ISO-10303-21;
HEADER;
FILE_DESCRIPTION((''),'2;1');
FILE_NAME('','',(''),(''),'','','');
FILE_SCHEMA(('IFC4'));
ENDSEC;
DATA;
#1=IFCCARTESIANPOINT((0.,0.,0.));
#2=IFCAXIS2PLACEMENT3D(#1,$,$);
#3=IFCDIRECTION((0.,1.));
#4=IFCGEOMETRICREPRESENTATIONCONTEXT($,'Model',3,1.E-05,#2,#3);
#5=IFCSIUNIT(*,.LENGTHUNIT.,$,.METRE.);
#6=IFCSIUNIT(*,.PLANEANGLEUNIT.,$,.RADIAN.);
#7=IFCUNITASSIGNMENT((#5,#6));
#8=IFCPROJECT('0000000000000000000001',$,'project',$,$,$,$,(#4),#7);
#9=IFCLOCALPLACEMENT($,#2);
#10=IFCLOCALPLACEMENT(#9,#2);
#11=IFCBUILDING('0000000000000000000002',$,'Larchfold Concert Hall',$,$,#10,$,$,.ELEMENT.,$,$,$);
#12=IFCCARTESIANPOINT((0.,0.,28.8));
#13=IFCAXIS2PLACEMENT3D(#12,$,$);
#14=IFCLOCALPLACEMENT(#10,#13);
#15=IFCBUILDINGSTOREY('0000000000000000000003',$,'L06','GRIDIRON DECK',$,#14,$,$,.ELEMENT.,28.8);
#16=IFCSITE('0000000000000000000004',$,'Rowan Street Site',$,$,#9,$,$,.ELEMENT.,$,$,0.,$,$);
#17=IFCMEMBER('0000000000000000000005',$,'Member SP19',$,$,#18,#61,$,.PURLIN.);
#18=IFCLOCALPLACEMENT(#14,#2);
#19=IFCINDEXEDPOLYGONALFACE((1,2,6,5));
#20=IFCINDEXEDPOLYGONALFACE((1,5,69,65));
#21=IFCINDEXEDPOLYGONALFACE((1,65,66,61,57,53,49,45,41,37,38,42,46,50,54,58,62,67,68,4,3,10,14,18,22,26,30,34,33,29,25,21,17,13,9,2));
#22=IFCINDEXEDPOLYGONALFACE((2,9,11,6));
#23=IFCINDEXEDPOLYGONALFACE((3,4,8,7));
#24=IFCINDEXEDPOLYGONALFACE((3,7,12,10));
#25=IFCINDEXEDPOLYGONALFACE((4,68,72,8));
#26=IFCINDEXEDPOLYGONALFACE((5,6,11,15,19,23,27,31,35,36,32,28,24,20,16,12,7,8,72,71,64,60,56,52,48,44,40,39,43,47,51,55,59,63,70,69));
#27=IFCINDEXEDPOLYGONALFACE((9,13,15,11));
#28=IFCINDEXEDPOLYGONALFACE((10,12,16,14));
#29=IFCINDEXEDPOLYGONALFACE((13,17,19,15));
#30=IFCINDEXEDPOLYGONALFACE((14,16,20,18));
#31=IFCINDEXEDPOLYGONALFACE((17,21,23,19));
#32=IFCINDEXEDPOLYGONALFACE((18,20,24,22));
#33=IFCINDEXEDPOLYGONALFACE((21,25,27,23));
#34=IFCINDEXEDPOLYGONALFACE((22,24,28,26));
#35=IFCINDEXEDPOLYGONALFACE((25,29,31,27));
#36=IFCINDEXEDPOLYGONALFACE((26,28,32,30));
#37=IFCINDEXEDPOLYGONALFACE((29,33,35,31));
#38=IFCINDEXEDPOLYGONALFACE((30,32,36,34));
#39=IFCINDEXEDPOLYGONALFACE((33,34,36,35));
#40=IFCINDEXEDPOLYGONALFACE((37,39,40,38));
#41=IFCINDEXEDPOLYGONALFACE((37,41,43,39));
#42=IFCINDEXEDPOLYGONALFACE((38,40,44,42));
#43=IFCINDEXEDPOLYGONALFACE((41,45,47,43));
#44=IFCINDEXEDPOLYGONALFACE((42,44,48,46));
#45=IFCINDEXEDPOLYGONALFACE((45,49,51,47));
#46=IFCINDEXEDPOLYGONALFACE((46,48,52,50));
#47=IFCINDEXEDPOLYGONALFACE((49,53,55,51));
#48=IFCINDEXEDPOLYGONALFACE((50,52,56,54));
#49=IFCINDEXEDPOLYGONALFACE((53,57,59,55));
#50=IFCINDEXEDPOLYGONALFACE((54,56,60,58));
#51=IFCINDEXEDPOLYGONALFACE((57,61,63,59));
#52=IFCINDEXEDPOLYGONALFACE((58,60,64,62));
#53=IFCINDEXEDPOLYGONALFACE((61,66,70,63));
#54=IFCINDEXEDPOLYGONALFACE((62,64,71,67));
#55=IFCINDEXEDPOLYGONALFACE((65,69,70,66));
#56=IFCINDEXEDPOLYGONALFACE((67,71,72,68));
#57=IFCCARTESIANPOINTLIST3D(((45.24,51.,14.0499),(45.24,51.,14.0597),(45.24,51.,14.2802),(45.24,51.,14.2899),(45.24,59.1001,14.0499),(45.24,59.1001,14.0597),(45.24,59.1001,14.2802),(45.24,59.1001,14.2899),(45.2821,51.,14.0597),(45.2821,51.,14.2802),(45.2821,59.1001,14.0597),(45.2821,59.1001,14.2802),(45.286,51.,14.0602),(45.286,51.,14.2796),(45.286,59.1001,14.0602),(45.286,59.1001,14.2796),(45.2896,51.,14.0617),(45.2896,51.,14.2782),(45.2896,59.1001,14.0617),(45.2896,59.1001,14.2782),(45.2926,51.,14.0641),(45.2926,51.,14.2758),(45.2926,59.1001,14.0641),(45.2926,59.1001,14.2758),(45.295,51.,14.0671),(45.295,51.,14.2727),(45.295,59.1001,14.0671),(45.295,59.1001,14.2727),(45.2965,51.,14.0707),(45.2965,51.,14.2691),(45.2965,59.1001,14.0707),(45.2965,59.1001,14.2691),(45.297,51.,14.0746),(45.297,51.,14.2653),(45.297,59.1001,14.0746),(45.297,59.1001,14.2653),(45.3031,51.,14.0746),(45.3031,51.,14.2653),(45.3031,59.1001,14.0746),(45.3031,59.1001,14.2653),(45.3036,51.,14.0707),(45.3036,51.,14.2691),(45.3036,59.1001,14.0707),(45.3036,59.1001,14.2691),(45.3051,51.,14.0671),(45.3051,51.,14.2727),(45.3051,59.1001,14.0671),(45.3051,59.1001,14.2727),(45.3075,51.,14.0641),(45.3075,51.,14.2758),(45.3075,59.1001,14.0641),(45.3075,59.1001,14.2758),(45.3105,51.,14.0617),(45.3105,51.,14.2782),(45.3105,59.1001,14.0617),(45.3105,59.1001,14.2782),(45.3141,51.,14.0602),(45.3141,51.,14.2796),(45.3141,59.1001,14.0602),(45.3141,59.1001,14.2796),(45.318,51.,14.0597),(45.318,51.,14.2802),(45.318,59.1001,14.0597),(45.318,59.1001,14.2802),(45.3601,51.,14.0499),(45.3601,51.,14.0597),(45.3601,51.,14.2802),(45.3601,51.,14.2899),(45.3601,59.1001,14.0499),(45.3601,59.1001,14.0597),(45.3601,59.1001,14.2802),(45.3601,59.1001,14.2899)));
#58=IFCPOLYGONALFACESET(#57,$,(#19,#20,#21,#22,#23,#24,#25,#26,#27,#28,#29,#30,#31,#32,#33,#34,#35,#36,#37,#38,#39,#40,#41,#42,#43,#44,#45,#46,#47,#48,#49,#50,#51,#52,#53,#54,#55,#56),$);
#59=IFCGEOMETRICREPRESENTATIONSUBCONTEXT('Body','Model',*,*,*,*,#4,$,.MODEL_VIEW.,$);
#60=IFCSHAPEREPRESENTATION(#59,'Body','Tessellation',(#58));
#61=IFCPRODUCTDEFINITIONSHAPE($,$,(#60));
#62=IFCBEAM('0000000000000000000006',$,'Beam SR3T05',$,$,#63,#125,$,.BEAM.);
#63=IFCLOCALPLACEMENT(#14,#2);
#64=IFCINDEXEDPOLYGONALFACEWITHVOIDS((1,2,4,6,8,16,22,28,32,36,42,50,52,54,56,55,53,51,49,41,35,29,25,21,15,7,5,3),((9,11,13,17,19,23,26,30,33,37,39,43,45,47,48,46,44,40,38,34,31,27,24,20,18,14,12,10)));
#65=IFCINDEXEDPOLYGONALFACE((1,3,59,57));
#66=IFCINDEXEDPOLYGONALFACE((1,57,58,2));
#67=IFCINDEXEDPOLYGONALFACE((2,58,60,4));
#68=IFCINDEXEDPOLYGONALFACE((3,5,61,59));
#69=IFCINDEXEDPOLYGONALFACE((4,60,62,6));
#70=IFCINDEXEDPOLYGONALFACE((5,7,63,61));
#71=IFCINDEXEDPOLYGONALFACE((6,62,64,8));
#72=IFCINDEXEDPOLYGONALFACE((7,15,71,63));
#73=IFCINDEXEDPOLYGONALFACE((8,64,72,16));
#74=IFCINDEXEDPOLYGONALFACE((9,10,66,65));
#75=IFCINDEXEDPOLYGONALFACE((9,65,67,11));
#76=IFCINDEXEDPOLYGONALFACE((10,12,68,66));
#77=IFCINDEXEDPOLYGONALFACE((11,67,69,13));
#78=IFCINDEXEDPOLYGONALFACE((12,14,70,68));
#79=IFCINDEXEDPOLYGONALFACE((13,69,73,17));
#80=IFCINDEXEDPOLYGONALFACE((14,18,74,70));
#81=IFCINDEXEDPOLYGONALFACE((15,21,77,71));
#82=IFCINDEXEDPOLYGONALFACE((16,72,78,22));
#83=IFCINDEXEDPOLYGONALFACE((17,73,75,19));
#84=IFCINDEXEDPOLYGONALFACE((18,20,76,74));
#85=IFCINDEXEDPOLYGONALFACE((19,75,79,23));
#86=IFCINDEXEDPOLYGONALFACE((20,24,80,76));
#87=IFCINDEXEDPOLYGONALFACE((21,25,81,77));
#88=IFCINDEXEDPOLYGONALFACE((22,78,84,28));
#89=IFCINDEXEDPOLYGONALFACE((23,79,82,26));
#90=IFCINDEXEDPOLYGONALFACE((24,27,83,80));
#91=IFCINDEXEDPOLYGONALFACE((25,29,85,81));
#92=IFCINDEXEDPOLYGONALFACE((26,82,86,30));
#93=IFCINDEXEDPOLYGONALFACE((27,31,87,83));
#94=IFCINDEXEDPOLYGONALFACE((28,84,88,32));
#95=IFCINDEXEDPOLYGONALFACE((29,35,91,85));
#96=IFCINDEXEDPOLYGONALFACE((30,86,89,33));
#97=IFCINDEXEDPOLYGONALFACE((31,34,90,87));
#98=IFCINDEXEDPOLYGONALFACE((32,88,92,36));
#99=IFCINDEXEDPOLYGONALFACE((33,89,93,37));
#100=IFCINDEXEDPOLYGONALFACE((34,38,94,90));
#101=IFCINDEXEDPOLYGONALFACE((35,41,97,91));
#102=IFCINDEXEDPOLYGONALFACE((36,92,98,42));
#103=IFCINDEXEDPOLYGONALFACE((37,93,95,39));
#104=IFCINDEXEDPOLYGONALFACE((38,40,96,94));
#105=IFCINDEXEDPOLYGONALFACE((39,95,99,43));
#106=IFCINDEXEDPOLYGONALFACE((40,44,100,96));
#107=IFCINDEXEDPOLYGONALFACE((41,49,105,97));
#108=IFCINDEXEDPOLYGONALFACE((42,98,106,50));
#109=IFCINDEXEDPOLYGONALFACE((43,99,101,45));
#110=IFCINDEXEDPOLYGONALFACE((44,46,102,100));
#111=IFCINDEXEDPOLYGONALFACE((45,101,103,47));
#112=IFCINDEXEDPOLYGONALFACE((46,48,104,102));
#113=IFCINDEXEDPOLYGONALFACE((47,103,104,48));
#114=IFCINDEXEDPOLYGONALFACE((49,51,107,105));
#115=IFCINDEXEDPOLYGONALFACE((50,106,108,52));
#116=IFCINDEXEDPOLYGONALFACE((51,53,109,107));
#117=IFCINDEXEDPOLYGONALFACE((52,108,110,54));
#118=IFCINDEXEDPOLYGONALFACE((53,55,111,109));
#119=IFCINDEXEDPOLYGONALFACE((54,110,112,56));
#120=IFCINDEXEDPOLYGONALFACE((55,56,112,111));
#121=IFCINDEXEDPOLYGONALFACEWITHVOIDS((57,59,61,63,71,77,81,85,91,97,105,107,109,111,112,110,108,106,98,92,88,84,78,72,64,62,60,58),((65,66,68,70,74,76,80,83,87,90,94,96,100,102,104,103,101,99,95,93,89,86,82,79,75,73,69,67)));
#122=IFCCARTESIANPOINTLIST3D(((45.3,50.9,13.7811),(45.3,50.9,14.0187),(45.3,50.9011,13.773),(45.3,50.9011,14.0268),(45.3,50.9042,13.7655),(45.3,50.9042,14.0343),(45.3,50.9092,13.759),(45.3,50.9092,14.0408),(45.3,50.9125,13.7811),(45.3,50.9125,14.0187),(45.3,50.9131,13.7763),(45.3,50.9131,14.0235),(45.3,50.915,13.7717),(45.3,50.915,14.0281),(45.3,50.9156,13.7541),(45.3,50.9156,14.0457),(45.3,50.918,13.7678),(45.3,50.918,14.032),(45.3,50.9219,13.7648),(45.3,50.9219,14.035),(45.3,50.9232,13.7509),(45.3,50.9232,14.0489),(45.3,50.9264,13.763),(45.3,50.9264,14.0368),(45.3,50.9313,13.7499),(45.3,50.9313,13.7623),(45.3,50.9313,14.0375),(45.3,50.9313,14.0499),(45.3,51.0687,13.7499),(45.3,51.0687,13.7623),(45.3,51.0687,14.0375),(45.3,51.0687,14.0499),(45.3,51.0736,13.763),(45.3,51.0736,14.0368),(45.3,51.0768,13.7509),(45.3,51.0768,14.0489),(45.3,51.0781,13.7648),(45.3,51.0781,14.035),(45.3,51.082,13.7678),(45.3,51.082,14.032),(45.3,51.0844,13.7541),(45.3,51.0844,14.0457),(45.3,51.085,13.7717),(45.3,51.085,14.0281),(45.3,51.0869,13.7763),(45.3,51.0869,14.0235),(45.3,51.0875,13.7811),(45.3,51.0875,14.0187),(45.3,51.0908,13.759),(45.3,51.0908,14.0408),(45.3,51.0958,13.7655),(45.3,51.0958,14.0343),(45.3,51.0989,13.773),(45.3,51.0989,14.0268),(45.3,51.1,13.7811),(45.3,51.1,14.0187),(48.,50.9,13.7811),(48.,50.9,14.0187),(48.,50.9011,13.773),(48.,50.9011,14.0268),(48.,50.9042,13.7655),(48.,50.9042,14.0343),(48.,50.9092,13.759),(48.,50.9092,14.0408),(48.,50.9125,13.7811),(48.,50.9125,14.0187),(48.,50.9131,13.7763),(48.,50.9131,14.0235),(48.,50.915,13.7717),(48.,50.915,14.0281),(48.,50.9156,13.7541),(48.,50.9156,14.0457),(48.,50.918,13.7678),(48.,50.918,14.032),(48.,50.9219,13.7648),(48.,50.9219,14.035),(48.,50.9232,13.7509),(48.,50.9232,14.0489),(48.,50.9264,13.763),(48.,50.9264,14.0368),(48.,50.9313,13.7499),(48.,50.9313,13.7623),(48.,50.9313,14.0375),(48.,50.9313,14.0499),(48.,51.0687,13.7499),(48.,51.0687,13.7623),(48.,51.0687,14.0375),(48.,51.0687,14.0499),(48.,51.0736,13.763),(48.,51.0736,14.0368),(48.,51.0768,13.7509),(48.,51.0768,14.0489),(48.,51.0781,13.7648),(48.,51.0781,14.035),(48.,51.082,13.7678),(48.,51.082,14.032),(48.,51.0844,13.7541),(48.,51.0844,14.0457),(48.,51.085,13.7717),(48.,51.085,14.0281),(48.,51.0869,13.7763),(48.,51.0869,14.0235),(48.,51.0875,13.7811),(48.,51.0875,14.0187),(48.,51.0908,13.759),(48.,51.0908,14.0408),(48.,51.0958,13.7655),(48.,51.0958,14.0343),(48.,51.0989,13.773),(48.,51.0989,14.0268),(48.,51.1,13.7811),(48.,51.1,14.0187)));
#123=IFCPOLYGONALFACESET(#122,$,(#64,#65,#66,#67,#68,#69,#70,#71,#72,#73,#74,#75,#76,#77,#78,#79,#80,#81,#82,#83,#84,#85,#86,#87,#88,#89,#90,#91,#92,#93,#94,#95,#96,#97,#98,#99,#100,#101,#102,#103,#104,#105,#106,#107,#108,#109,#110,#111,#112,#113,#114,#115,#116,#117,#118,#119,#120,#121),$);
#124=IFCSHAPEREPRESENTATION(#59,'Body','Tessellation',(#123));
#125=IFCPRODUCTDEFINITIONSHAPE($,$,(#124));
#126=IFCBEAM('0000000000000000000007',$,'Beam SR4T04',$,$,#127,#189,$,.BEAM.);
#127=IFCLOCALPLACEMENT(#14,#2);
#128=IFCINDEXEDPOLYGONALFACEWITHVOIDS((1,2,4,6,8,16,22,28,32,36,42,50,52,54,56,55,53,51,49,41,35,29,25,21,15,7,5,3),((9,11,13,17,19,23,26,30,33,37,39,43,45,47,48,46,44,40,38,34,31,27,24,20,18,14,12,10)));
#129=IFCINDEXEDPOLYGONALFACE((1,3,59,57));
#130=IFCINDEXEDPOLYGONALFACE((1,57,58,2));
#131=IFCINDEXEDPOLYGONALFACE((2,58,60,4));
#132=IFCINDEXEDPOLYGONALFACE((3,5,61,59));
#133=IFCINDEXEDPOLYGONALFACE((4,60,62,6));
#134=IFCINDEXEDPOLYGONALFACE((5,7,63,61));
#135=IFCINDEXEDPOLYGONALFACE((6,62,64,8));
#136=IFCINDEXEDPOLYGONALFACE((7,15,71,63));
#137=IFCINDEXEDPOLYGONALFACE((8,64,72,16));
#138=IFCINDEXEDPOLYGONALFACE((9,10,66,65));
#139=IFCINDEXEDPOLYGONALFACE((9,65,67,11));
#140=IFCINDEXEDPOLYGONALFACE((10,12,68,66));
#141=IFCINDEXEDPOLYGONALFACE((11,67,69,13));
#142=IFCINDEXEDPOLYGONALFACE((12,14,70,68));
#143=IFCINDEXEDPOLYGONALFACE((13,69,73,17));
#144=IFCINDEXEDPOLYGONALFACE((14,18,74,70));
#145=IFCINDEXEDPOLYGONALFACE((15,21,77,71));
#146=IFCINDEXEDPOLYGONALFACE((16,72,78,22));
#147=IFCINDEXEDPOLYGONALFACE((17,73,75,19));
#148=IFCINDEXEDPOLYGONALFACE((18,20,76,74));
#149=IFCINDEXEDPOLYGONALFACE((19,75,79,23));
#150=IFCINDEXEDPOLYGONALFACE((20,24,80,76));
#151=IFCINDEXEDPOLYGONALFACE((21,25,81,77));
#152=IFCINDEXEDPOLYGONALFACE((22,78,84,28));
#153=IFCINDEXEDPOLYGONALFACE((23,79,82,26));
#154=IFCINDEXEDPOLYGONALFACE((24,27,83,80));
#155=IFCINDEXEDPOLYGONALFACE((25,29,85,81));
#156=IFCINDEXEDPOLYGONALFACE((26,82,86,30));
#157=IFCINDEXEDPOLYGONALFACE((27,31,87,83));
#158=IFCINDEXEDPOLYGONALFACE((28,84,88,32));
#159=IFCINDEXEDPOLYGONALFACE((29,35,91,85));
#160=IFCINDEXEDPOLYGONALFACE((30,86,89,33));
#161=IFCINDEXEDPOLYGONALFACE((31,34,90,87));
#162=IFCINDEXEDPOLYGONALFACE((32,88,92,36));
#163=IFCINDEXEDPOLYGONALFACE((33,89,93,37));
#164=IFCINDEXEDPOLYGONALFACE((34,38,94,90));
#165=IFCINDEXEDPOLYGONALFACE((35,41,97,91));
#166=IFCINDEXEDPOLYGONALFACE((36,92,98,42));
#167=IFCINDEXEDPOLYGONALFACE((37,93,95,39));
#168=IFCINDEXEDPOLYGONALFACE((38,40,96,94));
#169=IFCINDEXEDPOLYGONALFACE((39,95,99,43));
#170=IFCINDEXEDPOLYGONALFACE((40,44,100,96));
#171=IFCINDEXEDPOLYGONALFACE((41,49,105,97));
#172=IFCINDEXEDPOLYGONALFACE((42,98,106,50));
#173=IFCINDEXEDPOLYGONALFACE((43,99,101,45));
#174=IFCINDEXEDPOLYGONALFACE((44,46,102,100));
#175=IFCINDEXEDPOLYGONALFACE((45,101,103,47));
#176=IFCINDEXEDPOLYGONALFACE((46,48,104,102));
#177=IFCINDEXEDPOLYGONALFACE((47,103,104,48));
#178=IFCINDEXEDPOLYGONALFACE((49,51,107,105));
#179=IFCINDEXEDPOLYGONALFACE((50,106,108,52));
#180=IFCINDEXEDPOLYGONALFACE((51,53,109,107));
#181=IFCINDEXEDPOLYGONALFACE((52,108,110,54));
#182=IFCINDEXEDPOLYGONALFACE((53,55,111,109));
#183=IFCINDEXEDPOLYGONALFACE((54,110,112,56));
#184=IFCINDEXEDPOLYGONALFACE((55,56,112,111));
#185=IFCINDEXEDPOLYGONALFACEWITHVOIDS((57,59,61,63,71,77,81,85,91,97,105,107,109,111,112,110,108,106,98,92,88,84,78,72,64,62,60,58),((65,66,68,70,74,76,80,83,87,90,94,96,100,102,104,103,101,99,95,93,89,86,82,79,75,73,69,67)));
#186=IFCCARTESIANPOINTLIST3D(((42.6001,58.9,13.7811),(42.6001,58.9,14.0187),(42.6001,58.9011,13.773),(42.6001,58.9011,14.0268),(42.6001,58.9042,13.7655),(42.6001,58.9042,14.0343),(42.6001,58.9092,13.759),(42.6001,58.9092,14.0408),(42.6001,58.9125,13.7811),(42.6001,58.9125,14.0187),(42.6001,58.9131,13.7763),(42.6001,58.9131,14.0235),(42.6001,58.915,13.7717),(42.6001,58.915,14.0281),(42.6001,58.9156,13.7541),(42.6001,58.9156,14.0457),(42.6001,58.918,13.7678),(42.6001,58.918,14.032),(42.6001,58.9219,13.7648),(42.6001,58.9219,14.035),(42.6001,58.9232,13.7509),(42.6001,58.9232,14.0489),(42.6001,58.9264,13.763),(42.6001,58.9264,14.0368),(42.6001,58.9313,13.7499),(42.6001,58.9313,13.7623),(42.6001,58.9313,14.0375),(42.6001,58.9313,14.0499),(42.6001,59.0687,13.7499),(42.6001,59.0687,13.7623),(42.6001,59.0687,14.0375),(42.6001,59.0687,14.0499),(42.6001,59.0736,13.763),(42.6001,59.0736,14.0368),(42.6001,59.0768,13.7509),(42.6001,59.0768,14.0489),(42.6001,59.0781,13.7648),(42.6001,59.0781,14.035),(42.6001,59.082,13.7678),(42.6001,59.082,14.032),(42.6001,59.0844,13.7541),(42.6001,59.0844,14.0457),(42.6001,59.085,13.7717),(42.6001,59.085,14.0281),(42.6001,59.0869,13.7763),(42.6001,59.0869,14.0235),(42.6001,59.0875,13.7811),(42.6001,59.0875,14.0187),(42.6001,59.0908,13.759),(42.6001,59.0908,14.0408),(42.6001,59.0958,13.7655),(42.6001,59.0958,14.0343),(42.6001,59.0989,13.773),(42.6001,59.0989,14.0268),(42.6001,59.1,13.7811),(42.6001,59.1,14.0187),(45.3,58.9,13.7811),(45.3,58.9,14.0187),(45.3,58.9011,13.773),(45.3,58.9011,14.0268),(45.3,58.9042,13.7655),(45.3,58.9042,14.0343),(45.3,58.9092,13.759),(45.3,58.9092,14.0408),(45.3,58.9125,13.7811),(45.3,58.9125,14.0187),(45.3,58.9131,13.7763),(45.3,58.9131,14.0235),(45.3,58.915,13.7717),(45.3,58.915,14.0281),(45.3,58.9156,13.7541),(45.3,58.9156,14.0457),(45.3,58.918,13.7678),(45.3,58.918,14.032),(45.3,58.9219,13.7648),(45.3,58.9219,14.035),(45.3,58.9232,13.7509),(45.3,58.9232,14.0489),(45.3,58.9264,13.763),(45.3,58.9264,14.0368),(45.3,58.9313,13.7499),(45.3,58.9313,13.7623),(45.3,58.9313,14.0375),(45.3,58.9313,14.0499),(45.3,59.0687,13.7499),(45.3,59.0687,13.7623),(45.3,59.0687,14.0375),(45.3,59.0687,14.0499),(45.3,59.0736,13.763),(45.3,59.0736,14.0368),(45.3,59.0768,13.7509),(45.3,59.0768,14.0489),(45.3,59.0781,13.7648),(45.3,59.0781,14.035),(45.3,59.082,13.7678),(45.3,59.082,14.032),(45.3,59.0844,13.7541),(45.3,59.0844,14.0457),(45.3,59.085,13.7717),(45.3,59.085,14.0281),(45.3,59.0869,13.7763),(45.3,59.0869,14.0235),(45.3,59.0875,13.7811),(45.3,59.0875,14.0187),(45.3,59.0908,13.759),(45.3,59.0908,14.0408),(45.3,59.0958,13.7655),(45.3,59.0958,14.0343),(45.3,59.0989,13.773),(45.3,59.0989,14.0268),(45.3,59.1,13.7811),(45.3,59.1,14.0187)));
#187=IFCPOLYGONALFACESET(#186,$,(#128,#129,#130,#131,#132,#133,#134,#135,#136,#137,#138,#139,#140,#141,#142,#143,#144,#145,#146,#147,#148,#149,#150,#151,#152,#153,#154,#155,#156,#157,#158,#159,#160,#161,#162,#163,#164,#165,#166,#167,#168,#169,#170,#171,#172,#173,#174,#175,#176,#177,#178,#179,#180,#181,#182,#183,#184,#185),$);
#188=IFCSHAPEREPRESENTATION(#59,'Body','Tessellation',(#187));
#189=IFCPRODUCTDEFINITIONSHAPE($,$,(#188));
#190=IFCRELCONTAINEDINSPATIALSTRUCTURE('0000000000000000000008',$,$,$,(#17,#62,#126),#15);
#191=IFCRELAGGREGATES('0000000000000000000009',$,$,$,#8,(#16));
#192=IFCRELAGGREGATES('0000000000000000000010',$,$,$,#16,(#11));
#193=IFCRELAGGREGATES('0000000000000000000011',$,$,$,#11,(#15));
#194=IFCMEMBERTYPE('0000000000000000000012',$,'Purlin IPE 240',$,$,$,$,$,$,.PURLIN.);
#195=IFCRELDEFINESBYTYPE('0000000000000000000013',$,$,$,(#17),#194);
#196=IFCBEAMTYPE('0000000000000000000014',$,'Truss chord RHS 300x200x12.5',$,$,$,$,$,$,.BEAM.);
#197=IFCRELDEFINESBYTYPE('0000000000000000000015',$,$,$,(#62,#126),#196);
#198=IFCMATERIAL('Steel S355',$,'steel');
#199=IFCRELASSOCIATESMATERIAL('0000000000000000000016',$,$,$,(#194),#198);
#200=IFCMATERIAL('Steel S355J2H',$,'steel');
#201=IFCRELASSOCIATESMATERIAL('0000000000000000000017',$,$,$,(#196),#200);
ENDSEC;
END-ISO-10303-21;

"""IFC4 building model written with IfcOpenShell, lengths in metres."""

from ifc_helpers import new_model, si_unit, direction, frame, origin, origin_2d, place, context, subcontext, project, spatial, hollow_rectangle, i_section, extrude, material, material_profile, profile_set, type_object, element, save


model = new_model("IFC4")

# Units and contexts
model_context = context("Model", 3, precision=1e-05, world=origin(), true_north=direction((0.0, 1.0)))
body_context = subcontext(model_context, "Body", "Model", "MODEL_VIEW")
ifc_project = project(units=[si_unit("LENGTHUNIT", "METRE"), si_unit("PLANEANGLEUNIT", "RADIAN")], contexts=[model_context])

# Site, building, storey
site_placement = place(None, origin())
site = spatial("IfcSite", under=ifc_project, at=site_placement, Name="Rowan Street Site", CompositionType="ELEMENT", RefElevation=0.0)
building_placement = place(site_placement, origin())
building = spatial("IfcBuilding", under=site, at=building_placement, Name="Larchfold Concert Hall", CompositionType="ELEMENT")
storey_placement = place(building_placement, frame((0.0, 0.0, 28.8)))
storey = spatial("IfcBuildingStorey", under=building, at=storey_placement, Name="L06", Description="GRIDIRON DECK", CompositionType="ELEMENT", Elevation=28.8)

# Member
ifc_material_1 = material(Name="Steel S355", Category="steel")
ifc_material_profile_1 = material_profile(ifc_material_1, i_section(OverallWidth=0.1201, OverallDepth=0.24, WebThickness=0.0061, FlangeThickness=0.0098, FilletRadius=0.0149, at=origin_2d()))
ifc_profile_set_1 = profile_set([ifc_material_profile_1], Name="Steel S355")
member_type_1 = type_object("IfcMemberType", Name="Purlin IPE 240", PredefinedType="PURLIN", material=ifc_profile_set_1)
member_1_placement = place(storey_placement, frame((45.3, 51.0, 14.1699), z_axis=(0.0, 1.0, 0.0), x_axis=(-1.0, 0.0, 0.0)))
element("IfcMember", 1, at=member_1_placement, inside=storey, type_object=member_type_1, Name="Member SP19", PredefinedType="PURLIN", context=body_context, shape_type="SweptSolid", body=[
    extrude(i_section(OverallWidth=0.1201, OverallDepth=0.24, WebThickness=0.0061, FlangeThickness=0.0098, FilletRadius=0.0149, at=origin_2d()), origin(), (0.0, 0.0, 1.0), 8.1001),
])

# Beams
ifc_material_2 = material(Name="Steel S355J2H", Category="steel")
ifc_material_profile_2 = material_profile(ifc_material_2, hollow_rectangle(XDim=0.2, YDim=0.3, WallThickness=0.0125, InnerFilletRadius=0.0188, OuterFilletRadius=0.0312, at=origin_2d()))
ifc_profile_set_2 = profile_set([ifc_material_profile_2], Name="Steel S355J2H")
beam_type_1 = type_object("IfcBeamType", Name="Truss chord RHS 300x200x12.5", PredefinedType="BEAM", material=ifc_profile_set_2)
for number, where, z_axis, x_axis, name in (
    (2, (45.3, 51.0, 13.8999), (1.0, 0.0, 0.0), (0.0, 1.0, 0.0), "Beam SR3T05"),
    (3, (42.6001, 59.0, 13.8999), (1.0, 0.0, 0.0), (0.0, 1.0, 0.0), "Beam SR4T04"),
):
    element("IfcBeam", number, at=place(storey_placement, frame(where, z_axis=z_axis, x_axis=x_axis)), inside=storey, type_object=beam_type_1, Name=name, PredefinedType="BEAM", context=body_context, shape_type="SweptSolid", body=[
        extrude(hollow_rectangle(XDim=0.2, YDim=0.3, WallThickness=0.0125, InnerFilletRadius=0.0188, OuterFilletRadius=0.0312, at=origin_2d()), origin(), (0.0, 0.0, 1.0), 2.7),
    ])

save(model, "model.ifc")
